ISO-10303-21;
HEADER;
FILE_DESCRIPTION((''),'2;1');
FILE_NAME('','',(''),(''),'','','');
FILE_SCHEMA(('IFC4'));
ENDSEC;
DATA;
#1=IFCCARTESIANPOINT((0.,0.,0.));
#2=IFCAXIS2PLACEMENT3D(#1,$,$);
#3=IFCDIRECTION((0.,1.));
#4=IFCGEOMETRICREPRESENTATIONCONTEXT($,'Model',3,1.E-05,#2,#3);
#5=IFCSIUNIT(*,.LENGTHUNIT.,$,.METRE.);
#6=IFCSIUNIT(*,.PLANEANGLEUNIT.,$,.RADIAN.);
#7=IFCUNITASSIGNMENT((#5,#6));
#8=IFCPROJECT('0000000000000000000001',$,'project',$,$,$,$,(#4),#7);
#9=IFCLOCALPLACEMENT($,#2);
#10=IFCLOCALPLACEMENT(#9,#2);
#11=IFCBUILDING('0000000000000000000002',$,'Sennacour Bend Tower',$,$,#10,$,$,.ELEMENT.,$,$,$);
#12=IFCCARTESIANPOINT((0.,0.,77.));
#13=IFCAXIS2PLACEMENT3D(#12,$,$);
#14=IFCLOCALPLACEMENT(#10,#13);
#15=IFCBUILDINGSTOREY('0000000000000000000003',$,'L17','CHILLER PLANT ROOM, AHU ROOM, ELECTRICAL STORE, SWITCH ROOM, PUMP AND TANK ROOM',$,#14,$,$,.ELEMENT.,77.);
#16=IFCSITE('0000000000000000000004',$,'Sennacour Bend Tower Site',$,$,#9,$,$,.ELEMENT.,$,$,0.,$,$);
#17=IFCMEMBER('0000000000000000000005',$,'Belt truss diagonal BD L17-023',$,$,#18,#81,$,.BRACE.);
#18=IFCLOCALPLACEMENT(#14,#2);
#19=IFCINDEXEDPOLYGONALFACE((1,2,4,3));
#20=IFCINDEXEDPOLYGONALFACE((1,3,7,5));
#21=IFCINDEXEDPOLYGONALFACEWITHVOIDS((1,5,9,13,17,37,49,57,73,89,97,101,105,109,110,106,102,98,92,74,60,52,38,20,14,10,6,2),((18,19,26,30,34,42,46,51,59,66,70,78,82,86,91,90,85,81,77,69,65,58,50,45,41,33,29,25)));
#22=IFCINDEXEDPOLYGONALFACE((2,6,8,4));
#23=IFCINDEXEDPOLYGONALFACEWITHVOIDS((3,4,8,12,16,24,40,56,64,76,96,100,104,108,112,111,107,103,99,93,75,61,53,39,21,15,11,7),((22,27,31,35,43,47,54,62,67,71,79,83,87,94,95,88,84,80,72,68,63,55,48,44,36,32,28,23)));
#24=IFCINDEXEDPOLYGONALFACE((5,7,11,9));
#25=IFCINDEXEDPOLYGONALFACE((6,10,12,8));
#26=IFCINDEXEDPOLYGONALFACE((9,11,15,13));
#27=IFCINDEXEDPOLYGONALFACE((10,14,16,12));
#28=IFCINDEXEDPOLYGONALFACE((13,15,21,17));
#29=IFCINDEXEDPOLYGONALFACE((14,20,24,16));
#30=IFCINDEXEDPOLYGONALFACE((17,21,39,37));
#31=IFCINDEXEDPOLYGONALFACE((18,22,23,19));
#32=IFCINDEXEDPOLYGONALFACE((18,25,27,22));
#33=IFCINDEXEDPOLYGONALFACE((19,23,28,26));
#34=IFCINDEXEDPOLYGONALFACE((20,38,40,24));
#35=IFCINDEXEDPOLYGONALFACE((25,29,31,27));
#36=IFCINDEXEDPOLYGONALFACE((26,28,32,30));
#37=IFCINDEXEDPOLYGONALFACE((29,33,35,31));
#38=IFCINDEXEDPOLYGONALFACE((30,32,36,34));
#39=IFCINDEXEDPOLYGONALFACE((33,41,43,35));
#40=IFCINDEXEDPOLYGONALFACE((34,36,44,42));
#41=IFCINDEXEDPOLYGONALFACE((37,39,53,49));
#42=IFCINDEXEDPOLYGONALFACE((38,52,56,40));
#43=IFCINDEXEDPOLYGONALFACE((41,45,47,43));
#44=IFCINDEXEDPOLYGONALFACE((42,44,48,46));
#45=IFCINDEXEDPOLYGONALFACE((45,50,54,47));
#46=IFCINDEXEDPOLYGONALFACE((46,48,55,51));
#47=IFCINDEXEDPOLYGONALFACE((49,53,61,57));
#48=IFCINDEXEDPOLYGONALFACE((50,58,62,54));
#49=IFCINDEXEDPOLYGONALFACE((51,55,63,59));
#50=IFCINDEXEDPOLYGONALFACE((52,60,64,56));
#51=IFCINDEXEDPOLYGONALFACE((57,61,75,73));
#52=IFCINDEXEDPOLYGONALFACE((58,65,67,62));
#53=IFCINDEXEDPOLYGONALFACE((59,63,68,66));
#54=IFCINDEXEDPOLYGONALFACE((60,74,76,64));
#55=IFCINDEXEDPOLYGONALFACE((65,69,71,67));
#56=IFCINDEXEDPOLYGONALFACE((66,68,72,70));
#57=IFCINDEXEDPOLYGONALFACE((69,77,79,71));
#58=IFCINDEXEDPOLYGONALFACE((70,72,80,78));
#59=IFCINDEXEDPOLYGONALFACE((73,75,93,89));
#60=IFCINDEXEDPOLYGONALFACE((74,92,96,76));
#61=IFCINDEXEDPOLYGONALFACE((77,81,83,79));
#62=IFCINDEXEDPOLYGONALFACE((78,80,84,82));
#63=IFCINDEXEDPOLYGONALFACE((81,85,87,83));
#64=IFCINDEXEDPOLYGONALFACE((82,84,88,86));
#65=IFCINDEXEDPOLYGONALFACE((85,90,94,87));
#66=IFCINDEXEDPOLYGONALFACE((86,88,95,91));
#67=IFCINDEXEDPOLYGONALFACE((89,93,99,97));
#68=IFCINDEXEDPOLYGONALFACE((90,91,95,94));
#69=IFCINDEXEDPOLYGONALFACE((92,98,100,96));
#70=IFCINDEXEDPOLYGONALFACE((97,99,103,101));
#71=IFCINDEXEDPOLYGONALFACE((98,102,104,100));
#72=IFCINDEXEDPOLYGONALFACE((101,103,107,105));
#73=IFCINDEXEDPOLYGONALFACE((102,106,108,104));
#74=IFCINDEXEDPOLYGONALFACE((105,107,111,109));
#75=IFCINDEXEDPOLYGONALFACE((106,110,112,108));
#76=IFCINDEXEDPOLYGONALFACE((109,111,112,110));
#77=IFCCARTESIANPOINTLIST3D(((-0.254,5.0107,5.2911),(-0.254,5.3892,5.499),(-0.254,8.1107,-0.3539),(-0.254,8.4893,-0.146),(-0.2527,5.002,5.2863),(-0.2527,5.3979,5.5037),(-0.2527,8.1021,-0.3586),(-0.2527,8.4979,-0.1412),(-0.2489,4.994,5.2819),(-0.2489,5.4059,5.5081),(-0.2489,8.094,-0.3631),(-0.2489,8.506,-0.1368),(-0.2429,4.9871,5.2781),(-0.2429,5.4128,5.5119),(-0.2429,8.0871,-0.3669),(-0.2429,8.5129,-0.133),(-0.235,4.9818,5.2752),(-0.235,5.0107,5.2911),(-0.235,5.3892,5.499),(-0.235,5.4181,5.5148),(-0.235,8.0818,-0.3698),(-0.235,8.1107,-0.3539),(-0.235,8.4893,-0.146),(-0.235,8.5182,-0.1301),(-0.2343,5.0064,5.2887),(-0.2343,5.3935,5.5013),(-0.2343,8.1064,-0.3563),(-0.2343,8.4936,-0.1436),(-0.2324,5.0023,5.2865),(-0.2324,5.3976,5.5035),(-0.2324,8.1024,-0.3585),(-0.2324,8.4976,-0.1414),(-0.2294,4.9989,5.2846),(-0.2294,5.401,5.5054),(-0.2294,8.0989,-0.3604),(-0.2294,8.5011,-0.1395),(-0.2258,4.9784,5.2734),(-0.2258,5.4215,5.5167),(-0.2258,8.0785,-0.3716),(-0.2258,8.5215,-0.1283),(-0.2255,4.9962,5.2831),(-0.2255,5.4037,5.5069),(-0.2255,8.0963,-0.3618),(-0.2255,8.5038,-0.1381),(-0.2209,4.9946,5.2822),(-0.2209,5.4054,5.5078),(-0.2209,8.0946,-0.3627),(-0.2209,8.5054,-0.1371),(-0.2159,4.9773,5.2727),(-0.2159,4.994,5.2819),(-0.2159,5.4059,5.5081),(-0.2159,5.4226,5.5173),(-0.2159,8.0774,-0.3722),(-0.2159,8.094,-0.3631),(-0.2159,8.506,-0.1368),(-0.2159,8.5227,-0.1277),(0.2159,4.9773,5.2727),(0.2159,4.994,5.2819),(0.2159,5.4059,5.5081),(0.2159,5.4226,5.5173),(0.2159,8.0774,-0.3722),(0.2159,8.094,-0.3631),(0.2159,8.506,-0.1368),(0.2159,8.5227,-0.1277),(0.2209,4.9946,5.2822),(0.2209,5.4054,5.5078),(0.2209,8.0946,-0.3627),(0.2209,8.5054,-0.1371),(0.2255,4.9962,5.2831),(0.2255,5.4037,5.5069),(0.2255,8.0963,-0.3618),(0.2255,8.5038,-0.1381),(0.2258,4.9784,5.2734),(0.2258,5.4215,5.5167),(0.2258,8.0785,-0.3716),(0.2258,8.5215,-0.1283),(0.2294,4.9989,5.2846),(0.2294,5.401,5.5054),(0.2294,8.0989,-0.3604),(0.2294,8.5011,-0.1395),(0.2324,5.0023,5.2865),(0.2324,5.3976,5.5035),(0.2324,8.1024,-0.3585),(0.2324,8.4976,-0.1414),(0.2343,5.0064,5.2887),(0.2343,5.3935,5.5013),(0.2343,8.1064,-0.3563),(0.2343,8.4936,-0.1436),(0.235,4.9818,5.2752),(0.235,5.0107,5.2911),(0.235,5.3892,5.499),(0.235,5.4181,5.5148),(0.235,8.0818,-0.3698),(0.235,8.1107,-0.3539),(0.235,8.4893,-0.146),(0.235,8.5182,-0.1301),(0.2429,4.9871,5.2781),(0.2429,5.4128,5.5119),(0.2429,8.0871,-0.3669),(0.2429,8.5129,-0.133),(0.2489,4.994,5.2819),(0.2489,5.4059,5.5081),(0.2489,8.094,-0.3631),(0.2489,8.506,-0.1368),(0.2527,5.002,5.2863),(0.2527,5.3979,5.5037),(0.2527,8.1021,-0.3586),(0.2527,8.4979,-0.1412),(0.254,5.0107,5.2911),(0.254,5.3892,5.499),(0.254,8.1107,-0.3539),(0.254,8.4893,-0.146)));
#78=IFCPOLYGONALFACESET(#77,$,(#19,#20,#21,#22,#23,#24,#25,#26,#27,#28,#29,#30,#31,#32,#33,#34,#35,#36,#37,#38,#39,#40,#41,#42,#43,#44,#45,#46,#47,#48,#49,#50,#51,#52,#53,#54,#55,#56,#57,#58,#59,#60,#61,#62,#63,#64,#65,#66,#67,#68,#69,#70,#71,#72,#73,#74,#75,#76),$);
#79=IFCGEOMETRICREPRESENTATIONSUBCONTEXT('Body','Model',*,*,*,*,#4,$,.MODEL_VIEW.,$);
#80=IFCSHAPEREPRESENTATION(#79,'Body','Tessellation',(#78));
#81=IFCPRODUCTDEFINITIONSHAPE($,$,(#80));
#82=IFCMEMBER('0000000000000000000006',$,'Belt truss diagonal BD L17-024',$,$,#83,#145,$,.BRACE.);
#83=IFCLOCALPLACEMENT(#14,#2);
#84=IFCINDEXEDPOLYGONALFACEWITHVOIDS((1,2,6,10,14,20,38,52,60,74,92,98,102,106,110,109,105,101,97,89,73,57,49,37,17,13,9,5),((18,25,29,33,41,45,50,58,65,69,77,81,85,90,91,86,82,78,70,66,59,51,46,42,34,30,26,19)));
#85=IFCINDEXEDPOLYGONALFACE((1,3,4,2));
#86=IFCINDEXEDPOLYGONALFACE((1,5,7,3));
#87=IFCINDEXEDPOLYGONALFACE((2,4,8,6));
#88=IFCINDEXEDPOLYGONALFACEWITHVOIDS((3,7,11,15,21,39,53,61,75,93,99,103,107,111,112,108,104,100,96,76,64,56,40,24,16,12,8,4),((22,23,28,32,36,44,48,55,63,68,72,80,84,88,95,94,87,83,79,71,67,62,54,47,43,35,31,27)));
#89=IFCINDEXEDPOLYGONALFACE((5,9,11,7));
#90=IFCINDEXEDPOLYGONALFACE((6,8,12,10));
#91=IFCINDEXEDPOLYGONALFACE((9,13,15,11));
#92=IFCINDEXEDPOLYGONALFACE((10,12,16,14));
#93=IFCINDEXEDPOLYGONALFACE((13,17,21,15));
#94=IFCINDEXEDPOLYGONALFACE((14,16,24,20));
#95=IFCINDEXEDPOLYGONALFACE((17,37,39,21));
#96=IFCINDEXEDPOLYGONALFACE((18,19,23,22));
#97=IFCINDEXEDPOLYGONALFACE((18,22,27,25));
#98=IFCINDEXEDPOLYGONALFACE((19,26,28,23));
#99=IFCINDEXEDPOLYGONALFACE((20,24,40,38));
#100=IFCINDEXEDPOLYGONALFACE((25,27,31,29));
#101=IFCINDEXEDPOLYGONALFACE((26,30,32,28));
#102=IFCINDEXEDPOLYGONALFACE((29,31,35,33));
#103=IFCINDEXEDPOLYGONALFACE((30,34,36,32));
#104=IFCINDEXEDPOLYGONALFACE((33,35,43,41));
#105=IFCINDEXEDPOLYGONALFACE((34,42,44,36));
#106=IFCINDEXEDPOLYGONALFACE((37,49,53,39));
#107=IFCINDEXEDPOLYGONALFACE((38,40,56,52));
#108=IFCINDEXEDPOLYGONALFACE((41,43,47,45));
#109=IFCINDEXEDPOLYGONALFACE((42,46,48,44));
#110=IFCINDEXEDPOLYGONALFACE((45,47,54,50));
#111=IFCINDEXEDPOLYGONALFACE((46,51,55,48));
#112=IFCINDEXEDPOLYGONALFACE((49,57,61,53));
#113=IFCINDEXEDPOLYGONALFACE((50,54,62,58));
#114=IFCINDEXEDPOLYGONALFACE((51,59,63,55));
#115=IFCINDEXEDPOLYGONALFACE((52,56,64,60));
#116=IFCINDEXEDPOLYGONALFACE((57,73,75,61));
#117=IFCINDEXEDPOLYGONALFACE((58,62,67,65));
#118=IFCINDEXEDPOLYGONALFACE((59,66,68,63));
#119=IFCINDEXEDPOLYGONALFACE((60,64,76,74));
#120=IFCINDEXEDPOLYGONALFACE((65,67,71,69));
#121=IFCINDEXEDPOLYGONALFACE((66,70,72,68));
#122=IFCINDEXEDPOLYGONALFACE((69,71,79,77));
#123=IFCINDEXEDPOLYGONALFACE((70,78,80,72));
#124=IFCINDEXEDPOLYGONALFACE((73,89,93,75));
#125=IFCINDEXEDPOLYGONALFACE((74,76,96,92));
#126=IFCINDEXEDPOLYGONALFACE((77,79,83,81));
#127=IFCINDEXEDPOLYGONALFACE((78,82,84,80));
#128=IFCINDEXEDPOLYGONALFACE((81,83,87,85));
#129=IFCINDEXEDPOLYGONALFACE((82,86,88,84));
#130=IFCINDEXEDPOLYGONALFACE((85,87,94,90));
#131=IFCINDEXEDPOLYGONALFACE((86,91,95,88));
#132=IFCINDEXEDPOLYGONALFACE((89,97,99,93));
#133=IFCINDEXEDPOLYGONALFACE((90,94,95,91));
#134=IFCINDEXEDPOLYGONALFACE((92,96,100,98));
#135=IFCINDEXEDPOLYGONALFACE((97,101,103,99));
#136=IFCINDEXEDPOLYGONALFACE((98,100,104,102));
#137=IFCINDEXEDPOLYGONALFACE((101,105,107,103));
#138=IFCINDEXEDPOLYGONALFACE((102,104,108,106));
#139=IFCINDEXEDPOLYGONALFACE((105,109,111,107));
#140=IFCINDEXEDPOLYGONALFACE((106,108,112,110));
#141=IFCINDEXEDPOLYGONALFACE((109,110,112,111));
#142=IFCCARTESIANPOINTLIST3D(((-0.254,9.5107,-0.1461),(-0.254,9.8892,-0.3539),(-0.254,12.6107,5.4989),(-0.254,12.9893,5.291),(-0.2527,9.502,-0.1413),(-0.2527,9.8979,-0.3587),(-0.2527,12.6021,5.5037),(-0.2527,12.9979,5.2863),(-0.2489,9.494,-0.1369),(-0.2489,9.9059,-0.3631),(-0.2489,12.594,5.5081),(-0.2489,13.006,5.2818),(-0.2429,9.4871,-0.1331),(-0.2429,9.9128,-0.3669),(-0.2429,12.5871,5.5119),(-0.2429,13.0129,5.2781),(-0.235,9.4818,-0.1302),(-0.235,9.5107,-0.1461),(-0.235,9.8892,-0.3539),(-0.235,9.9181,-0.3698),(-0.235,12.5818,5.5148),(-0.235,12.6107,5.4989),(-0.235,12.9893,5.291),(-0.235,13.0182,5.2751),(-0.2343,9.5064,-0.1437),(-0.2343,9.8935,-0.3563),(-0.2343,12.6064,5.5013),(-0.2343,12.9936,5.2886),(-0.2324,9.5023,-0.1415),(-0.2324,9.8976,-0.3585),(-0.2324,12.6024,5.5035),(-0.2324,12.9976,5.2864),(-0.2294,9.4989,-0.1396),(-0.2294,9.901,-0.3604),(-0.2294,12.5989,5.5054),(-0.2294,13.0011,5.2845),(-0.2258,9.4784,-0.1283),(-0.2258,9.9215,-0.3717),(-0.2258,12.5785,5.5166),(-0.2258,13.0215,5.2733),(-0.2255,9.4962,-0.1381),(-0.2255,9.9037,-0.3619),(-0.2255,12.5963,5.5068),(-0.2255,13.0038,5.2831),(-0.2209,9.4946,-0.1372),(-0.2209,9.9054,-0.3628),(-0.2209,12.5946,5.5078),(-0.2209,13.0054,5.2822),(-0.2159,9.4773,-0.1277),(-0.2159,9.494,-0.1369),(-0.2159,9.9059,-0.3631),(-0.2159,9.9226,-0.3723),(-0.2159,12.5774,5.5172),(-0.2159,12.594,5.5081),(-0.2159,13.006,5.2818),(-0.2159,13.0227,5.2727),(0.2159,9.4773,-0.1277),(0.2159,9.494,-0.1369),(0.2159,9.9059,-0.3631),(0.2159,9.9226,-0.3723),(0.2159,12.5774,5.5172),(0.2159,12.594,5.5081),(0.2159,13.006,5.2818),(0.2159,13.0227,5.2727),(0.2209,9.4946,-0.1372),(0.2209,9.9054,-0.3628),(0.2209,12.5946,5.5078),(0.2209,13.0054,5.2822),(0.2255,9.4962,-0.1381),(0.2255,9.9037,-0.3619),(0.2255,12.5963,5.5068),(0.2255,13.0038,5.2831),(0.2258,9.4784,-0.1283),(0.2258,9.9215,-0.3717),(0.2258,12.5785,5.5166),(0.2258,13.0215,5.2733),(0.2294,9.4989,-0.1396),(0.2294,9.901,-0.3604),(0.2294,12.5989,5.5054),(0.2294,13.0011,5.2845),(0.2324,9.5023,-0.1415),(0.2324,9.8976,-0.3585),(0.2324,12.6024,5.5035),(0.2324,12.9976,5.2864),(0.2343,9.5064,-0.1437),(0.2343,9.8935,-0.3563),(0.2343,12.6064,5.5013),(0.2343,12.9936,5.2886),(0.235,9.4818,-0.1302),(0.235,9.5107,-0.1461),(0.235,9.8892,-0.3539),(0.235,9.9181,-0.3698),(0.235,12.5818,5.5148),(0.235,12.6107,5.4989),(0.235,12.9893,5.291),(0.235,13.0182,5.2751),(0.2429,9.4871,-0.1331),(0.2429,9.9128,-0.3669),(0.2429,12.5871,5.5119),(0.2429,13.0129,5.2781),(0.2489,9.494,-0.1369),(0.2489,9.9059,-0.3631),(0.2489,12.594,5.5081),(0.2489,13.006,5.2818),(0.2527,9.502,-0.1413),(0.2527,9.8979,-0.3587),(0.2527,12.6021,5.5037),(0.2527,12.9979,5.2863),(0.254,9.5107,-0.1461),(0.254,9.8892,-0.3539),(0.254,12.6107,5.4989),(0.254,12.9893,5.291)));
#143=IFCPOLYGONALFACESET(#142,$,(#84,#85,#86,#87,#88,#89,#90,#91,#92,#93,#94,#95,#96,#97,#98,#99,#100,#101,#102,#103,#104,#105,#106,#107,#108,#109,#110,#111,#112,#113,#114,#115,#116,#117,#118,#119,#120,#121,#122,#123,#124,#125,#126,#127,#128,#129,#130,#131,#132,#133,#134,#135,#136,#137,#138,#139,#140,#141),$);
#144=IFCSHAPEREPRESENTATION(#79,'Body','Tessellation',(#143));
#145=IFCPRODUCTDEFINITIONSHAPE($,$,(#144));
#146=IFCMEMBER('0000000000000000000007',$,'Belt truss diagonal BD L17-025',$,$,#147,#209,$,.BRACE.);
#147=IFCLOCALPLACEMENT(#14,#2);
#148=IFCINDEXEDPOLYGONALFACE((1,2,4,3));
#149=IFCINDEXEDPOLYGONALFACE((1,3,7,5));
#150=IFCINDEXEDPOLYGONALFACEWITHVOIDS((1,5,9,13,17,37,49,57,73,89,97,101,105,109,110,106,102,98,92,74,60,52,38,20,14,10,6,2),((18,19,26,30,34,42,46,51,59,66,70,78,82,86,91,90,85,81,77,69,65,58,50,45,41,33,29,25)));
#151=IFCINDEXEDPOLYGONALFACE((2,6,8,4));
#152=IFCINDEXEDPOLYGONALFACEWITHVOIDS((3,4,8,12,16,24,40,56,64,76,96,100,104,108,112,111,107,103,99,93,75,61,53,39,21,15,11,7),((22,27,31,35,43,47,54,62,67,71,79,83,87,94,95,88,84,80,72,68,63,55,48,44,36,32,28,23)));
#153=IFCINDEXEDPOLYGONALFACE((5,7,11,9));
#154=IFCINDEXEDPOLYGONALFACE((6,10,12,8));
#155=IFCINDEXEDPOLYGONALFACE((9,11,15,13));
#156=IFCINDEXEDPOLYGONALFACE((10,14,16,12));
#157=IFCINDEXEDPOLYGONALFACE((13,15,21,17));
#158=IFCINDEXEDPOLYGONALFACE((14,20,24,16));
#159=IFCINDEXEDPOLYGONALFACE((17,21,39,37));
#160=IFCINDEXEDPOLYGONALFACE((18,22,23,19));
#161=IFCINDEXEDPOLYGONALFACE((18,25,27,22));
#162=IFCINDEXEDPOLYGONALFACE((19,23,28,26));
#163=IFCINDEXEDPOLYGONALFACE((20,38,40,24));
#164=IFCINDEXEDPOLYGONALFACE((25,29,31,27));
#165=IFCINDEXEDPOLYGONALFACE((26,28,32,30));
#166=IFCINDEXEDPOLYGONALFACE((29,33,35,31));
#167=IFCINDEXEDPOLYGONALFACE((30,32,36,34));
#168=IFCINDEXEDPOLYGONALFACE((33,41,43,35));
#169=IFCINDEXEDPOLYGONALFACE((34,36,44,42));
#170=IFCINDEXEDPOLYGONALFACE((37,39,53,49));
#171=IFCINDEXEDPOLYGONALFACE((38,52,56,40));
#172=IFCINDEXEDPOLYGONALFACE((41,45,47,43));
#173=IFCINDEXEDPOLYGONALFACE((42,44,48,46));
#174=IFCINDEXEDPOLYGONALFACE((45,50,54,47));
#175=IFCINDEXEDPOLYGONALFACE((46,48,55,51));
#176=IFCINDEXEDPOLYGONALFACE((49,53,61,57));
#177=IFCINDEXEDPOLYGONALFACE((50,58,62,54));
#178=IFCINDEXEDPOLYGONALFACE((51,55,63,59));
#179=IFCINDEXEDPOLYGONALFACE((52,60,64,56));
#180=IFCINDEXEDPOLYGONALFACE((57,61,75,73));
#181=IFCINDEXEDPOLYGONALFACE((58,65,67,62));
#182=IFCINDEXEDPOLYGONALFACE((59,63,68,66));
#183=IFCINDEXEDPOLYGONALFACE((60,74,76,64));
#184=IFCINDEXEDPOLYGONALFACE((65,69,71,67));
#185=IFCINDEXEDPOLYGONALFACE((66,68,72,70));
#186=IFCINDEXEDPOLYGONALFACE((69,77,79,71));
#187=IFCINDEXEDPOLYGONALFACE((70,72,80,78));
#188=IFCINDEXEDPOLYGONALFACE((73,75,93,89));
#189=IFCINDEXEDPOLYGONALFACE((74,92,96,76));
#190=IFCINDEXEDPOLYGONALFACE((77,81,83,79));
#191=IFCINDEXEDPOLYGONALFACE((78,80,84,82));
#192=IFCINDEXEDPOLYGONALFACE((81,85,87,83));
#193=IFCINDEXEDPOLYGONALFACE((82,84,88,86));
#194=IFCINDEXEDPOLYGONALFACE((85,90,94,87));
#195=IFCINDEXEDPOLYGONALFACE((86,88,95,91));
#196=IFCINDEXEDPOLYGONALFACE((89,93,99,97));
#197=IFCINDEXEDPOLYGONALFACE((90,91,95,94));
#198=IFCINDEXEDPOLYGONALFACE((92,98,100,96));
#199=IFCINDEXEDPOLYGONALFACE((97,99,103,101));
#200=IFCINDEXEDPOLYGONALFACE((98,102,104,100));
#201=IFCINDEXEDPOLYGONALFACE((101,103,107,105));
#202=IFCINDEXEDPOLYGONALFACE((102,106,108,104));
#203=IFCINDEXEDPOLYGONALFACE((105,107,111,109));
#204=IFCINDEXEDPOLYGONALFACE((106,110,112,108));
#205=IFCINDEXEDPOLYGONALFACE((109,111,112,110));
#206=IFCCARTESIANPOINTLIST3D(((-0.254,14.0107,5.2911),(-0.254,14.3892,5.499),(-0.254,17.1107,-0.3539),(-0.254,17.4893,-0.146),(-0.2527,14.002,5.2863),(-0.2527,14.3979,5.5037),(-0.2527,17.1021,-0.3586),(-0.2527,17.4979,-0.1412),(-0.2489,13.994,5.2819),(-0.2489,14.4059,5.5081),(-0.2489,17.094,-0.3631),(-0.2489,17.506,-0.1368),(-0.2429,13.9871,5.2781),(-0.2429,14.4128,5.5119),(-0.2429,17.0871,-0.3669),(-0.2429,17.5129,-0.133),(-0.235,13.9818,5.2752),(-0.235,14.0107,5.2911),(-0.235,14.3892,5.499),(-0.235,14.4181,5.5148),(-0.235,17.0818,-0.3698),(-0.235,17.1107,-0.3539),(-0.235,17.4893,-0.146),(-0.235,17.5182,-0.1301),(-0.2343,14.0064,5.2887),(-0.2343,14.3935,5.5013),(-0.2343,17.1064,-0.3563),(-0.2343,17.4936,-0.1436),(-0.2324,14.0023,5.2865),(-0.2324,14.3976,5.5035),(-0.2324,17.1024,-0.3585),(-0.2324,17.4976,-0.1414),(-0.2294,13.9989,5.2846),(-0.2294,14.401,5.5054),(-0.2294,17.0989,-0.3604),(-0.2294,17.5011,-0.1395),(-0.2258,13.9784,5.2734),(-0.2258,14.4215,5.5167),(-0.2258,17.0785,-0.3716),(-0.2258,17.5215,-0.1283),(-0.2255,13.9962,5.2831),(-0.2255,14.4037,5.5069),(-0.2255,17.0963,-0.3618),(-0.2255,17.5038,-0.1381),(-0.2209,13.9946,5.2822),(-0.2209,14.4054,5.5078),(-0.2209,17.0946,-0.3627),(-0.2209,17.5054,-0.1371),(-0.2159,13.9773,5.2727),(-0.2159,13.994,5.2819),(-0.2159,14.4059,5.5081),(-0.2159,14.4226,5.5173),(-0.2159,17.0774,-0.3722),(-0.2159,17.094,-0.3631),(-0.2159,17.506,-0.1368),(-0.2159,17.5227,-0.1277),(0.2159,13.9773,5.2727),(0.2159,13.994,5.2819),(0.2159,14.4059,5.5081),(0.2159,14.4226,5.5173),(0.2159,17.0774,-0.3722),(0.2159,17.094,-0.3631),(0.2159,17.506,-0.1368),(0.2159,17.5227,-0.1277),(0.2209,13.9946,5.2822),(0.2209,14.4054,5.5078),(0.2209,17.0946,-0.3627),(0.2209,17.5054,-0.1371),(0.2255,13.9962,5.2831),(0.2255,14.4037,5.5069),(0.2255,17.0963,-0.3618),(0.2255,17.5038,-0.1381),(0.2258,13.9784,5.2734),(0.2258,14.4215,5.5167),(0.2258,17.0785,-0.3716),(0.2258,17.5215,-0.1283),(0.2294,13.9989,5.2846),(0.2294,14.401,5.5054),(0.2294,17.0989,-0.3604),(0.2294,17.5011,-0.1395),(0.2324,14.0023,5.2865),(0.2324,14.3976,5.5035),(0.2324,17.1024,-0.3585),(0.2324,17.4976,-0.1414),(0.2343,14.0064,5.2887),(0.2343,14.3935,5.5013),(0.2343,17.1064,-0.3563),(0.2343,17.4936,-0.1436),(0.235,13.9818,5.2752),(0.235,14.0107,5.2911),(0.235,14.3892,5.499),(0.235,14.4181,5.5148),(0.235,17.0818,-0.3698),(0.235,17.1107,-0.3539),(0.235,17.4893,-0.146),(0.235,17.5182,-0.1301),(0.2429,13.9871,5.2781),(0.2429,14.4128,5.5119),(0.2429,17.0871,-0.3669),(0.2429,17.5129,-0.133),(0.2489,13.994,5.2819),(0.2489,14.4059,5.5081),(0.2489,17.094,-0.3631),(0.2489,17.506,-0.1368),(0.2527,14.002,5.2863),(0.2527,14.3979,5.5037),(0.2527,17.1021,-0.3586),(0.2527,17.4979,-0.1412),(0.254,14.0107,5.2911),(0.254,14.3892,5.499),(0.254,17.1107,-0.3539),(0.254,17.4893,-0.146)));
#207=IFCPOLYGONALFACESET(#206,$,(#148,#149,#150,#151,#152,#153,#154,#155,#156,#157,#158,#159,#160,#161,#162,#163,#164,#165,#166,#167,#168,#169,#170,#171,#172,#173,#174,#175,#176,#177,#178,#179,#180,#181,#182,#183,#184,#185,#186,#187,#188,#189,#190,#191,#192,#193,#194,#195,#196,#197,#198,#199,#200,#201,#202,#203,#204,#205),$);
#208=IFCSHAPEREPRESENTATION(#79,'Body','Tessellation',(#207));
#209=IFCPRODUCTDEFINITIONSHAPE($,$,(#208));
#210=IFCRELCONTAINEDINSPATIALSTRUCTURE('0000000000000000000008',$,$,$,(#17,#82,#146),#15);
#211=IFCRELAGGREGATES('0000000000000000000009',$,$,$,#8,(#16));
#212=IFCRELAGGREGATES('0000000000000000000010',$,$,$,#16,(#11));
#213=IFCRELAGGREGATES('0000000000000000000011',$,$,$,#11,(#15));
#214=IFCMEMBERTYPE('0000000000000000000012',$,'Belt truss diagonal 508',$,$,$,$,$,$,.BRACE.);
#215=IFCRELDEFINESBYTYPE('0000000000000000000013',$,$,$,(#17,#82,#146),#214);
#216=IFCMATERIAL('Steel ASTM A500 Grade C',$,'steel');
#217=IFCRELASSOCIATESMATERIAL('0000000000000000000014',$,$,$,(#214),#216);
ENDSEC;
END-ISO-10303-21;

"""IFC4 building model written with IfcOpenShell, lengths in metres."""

from ifc_helpers import new_model, si_unit, direction, frame, origin, origin_2d, place, context, subcontext, project, spatial, hollow_rectangle, extrude, material, material_profile, profile_set, type_object, element, save


model = new_model("IFC4")

# Units and contexts
model_context = context("Model", 3, precision=1e-05, world=origin(), true_north=direction((0.0, 1.0)))
body_context = subcontext(model_context, "Body", "Model", "MODEL_VIEW")
ifc_project = project(units=[si_unit("LENGTHUNIT", "METRE"), si_unit("PLANEANGLEUNIT", "RADIAN")], contexts=[model_context])

# Site, building, storey
site_placement = place(None, origin())
site = spatial("IfcSite", under=ifc_project, at=site_placement, Name="Sennacour Bend Tower Site", CompositionType="ELEMENT", RefElevation=0.0)
building_placement = place(site_placement, origin())
building = spatial("IfcBuilding", under=site, at=building_placement, Name="Sennacour Bend Tower", CompositionType="ELEMENT")
storey_placement = place(building_placement, frame((0.0, 0.0, 77.0)))
storey = spatial("IfcBuildingStorey", under=building, at=storey_placement, Name="L17", Description="CHILLER PLANT ROOM, AHU ROOM, ELECTRICAL STORE, SWITCH ROOM, PUMP AND TANK ROOM", CompositionType="ELEMENT", Elevation=77.0)

# Members
ifc_material_1 = material(Name="Steel ASTM A500 Grade C", Category="steel")
ifc_material_profile_1 = material_profile(ifc_material_1, hollow_rectangle(XDim=0.5081, YDim=0.5081, WallThickness=0.019, InnerFilletRadius=0.019, OuterFilletRadius=0.0381, at=origin_2d()), Name="Steel ASTM A500 Grade C", Category="steel")
ifc_profile_set_1 = profile_set([ifc_material_profile_1], Name="Steel ASTM A500 Grade C")
member_type_1 = type_object("IfcMemberType", Name="Belt truss diagonal 508", PredefinedType="BRACE", material=ifc_profile_set_1)
for number, where, z_axis, x_axis, name in (
    (1, (0.0, 5.2, 5.395), (0.0, 0.481363, -0.876521), (-1.0, 0.0, 0.0), "Belt truss diagonal BD L17-023"),
    (2, (0.0, 9.7, -0.25), (0.0, 0.481363, 0.876521), (-1.0, 0.0, 0.0), "Belt truss diagonal BD L17-024"),
    (3, (0.0, 14.2, 5.395), (0.0, 0.481363, -0.876521), (-1.0, 0.0, 0.0), "Belt truss diagonal BD L17-025"),
):
    element("IfcMember", number, at=place(storey_placement, frame(where, z_axis=z_axis, x_axis=x_axis)), inside=storey, type_object=member_type_1, Name=name, PredefinedType="BRACE", context=body_context, shape_type="SweptSolid", body=[
        extrude(hollow_rectangle(XDim=0.5081, YDim=0.5081, WallThickness=0.019, InnerFilletRadius=0.019, OuterFilletRadius=0.0381, at=origin_2d()), origin(), (0.0, 0.0, 1.0), 6.4402),
    ])

save(model, "model.ifc")
